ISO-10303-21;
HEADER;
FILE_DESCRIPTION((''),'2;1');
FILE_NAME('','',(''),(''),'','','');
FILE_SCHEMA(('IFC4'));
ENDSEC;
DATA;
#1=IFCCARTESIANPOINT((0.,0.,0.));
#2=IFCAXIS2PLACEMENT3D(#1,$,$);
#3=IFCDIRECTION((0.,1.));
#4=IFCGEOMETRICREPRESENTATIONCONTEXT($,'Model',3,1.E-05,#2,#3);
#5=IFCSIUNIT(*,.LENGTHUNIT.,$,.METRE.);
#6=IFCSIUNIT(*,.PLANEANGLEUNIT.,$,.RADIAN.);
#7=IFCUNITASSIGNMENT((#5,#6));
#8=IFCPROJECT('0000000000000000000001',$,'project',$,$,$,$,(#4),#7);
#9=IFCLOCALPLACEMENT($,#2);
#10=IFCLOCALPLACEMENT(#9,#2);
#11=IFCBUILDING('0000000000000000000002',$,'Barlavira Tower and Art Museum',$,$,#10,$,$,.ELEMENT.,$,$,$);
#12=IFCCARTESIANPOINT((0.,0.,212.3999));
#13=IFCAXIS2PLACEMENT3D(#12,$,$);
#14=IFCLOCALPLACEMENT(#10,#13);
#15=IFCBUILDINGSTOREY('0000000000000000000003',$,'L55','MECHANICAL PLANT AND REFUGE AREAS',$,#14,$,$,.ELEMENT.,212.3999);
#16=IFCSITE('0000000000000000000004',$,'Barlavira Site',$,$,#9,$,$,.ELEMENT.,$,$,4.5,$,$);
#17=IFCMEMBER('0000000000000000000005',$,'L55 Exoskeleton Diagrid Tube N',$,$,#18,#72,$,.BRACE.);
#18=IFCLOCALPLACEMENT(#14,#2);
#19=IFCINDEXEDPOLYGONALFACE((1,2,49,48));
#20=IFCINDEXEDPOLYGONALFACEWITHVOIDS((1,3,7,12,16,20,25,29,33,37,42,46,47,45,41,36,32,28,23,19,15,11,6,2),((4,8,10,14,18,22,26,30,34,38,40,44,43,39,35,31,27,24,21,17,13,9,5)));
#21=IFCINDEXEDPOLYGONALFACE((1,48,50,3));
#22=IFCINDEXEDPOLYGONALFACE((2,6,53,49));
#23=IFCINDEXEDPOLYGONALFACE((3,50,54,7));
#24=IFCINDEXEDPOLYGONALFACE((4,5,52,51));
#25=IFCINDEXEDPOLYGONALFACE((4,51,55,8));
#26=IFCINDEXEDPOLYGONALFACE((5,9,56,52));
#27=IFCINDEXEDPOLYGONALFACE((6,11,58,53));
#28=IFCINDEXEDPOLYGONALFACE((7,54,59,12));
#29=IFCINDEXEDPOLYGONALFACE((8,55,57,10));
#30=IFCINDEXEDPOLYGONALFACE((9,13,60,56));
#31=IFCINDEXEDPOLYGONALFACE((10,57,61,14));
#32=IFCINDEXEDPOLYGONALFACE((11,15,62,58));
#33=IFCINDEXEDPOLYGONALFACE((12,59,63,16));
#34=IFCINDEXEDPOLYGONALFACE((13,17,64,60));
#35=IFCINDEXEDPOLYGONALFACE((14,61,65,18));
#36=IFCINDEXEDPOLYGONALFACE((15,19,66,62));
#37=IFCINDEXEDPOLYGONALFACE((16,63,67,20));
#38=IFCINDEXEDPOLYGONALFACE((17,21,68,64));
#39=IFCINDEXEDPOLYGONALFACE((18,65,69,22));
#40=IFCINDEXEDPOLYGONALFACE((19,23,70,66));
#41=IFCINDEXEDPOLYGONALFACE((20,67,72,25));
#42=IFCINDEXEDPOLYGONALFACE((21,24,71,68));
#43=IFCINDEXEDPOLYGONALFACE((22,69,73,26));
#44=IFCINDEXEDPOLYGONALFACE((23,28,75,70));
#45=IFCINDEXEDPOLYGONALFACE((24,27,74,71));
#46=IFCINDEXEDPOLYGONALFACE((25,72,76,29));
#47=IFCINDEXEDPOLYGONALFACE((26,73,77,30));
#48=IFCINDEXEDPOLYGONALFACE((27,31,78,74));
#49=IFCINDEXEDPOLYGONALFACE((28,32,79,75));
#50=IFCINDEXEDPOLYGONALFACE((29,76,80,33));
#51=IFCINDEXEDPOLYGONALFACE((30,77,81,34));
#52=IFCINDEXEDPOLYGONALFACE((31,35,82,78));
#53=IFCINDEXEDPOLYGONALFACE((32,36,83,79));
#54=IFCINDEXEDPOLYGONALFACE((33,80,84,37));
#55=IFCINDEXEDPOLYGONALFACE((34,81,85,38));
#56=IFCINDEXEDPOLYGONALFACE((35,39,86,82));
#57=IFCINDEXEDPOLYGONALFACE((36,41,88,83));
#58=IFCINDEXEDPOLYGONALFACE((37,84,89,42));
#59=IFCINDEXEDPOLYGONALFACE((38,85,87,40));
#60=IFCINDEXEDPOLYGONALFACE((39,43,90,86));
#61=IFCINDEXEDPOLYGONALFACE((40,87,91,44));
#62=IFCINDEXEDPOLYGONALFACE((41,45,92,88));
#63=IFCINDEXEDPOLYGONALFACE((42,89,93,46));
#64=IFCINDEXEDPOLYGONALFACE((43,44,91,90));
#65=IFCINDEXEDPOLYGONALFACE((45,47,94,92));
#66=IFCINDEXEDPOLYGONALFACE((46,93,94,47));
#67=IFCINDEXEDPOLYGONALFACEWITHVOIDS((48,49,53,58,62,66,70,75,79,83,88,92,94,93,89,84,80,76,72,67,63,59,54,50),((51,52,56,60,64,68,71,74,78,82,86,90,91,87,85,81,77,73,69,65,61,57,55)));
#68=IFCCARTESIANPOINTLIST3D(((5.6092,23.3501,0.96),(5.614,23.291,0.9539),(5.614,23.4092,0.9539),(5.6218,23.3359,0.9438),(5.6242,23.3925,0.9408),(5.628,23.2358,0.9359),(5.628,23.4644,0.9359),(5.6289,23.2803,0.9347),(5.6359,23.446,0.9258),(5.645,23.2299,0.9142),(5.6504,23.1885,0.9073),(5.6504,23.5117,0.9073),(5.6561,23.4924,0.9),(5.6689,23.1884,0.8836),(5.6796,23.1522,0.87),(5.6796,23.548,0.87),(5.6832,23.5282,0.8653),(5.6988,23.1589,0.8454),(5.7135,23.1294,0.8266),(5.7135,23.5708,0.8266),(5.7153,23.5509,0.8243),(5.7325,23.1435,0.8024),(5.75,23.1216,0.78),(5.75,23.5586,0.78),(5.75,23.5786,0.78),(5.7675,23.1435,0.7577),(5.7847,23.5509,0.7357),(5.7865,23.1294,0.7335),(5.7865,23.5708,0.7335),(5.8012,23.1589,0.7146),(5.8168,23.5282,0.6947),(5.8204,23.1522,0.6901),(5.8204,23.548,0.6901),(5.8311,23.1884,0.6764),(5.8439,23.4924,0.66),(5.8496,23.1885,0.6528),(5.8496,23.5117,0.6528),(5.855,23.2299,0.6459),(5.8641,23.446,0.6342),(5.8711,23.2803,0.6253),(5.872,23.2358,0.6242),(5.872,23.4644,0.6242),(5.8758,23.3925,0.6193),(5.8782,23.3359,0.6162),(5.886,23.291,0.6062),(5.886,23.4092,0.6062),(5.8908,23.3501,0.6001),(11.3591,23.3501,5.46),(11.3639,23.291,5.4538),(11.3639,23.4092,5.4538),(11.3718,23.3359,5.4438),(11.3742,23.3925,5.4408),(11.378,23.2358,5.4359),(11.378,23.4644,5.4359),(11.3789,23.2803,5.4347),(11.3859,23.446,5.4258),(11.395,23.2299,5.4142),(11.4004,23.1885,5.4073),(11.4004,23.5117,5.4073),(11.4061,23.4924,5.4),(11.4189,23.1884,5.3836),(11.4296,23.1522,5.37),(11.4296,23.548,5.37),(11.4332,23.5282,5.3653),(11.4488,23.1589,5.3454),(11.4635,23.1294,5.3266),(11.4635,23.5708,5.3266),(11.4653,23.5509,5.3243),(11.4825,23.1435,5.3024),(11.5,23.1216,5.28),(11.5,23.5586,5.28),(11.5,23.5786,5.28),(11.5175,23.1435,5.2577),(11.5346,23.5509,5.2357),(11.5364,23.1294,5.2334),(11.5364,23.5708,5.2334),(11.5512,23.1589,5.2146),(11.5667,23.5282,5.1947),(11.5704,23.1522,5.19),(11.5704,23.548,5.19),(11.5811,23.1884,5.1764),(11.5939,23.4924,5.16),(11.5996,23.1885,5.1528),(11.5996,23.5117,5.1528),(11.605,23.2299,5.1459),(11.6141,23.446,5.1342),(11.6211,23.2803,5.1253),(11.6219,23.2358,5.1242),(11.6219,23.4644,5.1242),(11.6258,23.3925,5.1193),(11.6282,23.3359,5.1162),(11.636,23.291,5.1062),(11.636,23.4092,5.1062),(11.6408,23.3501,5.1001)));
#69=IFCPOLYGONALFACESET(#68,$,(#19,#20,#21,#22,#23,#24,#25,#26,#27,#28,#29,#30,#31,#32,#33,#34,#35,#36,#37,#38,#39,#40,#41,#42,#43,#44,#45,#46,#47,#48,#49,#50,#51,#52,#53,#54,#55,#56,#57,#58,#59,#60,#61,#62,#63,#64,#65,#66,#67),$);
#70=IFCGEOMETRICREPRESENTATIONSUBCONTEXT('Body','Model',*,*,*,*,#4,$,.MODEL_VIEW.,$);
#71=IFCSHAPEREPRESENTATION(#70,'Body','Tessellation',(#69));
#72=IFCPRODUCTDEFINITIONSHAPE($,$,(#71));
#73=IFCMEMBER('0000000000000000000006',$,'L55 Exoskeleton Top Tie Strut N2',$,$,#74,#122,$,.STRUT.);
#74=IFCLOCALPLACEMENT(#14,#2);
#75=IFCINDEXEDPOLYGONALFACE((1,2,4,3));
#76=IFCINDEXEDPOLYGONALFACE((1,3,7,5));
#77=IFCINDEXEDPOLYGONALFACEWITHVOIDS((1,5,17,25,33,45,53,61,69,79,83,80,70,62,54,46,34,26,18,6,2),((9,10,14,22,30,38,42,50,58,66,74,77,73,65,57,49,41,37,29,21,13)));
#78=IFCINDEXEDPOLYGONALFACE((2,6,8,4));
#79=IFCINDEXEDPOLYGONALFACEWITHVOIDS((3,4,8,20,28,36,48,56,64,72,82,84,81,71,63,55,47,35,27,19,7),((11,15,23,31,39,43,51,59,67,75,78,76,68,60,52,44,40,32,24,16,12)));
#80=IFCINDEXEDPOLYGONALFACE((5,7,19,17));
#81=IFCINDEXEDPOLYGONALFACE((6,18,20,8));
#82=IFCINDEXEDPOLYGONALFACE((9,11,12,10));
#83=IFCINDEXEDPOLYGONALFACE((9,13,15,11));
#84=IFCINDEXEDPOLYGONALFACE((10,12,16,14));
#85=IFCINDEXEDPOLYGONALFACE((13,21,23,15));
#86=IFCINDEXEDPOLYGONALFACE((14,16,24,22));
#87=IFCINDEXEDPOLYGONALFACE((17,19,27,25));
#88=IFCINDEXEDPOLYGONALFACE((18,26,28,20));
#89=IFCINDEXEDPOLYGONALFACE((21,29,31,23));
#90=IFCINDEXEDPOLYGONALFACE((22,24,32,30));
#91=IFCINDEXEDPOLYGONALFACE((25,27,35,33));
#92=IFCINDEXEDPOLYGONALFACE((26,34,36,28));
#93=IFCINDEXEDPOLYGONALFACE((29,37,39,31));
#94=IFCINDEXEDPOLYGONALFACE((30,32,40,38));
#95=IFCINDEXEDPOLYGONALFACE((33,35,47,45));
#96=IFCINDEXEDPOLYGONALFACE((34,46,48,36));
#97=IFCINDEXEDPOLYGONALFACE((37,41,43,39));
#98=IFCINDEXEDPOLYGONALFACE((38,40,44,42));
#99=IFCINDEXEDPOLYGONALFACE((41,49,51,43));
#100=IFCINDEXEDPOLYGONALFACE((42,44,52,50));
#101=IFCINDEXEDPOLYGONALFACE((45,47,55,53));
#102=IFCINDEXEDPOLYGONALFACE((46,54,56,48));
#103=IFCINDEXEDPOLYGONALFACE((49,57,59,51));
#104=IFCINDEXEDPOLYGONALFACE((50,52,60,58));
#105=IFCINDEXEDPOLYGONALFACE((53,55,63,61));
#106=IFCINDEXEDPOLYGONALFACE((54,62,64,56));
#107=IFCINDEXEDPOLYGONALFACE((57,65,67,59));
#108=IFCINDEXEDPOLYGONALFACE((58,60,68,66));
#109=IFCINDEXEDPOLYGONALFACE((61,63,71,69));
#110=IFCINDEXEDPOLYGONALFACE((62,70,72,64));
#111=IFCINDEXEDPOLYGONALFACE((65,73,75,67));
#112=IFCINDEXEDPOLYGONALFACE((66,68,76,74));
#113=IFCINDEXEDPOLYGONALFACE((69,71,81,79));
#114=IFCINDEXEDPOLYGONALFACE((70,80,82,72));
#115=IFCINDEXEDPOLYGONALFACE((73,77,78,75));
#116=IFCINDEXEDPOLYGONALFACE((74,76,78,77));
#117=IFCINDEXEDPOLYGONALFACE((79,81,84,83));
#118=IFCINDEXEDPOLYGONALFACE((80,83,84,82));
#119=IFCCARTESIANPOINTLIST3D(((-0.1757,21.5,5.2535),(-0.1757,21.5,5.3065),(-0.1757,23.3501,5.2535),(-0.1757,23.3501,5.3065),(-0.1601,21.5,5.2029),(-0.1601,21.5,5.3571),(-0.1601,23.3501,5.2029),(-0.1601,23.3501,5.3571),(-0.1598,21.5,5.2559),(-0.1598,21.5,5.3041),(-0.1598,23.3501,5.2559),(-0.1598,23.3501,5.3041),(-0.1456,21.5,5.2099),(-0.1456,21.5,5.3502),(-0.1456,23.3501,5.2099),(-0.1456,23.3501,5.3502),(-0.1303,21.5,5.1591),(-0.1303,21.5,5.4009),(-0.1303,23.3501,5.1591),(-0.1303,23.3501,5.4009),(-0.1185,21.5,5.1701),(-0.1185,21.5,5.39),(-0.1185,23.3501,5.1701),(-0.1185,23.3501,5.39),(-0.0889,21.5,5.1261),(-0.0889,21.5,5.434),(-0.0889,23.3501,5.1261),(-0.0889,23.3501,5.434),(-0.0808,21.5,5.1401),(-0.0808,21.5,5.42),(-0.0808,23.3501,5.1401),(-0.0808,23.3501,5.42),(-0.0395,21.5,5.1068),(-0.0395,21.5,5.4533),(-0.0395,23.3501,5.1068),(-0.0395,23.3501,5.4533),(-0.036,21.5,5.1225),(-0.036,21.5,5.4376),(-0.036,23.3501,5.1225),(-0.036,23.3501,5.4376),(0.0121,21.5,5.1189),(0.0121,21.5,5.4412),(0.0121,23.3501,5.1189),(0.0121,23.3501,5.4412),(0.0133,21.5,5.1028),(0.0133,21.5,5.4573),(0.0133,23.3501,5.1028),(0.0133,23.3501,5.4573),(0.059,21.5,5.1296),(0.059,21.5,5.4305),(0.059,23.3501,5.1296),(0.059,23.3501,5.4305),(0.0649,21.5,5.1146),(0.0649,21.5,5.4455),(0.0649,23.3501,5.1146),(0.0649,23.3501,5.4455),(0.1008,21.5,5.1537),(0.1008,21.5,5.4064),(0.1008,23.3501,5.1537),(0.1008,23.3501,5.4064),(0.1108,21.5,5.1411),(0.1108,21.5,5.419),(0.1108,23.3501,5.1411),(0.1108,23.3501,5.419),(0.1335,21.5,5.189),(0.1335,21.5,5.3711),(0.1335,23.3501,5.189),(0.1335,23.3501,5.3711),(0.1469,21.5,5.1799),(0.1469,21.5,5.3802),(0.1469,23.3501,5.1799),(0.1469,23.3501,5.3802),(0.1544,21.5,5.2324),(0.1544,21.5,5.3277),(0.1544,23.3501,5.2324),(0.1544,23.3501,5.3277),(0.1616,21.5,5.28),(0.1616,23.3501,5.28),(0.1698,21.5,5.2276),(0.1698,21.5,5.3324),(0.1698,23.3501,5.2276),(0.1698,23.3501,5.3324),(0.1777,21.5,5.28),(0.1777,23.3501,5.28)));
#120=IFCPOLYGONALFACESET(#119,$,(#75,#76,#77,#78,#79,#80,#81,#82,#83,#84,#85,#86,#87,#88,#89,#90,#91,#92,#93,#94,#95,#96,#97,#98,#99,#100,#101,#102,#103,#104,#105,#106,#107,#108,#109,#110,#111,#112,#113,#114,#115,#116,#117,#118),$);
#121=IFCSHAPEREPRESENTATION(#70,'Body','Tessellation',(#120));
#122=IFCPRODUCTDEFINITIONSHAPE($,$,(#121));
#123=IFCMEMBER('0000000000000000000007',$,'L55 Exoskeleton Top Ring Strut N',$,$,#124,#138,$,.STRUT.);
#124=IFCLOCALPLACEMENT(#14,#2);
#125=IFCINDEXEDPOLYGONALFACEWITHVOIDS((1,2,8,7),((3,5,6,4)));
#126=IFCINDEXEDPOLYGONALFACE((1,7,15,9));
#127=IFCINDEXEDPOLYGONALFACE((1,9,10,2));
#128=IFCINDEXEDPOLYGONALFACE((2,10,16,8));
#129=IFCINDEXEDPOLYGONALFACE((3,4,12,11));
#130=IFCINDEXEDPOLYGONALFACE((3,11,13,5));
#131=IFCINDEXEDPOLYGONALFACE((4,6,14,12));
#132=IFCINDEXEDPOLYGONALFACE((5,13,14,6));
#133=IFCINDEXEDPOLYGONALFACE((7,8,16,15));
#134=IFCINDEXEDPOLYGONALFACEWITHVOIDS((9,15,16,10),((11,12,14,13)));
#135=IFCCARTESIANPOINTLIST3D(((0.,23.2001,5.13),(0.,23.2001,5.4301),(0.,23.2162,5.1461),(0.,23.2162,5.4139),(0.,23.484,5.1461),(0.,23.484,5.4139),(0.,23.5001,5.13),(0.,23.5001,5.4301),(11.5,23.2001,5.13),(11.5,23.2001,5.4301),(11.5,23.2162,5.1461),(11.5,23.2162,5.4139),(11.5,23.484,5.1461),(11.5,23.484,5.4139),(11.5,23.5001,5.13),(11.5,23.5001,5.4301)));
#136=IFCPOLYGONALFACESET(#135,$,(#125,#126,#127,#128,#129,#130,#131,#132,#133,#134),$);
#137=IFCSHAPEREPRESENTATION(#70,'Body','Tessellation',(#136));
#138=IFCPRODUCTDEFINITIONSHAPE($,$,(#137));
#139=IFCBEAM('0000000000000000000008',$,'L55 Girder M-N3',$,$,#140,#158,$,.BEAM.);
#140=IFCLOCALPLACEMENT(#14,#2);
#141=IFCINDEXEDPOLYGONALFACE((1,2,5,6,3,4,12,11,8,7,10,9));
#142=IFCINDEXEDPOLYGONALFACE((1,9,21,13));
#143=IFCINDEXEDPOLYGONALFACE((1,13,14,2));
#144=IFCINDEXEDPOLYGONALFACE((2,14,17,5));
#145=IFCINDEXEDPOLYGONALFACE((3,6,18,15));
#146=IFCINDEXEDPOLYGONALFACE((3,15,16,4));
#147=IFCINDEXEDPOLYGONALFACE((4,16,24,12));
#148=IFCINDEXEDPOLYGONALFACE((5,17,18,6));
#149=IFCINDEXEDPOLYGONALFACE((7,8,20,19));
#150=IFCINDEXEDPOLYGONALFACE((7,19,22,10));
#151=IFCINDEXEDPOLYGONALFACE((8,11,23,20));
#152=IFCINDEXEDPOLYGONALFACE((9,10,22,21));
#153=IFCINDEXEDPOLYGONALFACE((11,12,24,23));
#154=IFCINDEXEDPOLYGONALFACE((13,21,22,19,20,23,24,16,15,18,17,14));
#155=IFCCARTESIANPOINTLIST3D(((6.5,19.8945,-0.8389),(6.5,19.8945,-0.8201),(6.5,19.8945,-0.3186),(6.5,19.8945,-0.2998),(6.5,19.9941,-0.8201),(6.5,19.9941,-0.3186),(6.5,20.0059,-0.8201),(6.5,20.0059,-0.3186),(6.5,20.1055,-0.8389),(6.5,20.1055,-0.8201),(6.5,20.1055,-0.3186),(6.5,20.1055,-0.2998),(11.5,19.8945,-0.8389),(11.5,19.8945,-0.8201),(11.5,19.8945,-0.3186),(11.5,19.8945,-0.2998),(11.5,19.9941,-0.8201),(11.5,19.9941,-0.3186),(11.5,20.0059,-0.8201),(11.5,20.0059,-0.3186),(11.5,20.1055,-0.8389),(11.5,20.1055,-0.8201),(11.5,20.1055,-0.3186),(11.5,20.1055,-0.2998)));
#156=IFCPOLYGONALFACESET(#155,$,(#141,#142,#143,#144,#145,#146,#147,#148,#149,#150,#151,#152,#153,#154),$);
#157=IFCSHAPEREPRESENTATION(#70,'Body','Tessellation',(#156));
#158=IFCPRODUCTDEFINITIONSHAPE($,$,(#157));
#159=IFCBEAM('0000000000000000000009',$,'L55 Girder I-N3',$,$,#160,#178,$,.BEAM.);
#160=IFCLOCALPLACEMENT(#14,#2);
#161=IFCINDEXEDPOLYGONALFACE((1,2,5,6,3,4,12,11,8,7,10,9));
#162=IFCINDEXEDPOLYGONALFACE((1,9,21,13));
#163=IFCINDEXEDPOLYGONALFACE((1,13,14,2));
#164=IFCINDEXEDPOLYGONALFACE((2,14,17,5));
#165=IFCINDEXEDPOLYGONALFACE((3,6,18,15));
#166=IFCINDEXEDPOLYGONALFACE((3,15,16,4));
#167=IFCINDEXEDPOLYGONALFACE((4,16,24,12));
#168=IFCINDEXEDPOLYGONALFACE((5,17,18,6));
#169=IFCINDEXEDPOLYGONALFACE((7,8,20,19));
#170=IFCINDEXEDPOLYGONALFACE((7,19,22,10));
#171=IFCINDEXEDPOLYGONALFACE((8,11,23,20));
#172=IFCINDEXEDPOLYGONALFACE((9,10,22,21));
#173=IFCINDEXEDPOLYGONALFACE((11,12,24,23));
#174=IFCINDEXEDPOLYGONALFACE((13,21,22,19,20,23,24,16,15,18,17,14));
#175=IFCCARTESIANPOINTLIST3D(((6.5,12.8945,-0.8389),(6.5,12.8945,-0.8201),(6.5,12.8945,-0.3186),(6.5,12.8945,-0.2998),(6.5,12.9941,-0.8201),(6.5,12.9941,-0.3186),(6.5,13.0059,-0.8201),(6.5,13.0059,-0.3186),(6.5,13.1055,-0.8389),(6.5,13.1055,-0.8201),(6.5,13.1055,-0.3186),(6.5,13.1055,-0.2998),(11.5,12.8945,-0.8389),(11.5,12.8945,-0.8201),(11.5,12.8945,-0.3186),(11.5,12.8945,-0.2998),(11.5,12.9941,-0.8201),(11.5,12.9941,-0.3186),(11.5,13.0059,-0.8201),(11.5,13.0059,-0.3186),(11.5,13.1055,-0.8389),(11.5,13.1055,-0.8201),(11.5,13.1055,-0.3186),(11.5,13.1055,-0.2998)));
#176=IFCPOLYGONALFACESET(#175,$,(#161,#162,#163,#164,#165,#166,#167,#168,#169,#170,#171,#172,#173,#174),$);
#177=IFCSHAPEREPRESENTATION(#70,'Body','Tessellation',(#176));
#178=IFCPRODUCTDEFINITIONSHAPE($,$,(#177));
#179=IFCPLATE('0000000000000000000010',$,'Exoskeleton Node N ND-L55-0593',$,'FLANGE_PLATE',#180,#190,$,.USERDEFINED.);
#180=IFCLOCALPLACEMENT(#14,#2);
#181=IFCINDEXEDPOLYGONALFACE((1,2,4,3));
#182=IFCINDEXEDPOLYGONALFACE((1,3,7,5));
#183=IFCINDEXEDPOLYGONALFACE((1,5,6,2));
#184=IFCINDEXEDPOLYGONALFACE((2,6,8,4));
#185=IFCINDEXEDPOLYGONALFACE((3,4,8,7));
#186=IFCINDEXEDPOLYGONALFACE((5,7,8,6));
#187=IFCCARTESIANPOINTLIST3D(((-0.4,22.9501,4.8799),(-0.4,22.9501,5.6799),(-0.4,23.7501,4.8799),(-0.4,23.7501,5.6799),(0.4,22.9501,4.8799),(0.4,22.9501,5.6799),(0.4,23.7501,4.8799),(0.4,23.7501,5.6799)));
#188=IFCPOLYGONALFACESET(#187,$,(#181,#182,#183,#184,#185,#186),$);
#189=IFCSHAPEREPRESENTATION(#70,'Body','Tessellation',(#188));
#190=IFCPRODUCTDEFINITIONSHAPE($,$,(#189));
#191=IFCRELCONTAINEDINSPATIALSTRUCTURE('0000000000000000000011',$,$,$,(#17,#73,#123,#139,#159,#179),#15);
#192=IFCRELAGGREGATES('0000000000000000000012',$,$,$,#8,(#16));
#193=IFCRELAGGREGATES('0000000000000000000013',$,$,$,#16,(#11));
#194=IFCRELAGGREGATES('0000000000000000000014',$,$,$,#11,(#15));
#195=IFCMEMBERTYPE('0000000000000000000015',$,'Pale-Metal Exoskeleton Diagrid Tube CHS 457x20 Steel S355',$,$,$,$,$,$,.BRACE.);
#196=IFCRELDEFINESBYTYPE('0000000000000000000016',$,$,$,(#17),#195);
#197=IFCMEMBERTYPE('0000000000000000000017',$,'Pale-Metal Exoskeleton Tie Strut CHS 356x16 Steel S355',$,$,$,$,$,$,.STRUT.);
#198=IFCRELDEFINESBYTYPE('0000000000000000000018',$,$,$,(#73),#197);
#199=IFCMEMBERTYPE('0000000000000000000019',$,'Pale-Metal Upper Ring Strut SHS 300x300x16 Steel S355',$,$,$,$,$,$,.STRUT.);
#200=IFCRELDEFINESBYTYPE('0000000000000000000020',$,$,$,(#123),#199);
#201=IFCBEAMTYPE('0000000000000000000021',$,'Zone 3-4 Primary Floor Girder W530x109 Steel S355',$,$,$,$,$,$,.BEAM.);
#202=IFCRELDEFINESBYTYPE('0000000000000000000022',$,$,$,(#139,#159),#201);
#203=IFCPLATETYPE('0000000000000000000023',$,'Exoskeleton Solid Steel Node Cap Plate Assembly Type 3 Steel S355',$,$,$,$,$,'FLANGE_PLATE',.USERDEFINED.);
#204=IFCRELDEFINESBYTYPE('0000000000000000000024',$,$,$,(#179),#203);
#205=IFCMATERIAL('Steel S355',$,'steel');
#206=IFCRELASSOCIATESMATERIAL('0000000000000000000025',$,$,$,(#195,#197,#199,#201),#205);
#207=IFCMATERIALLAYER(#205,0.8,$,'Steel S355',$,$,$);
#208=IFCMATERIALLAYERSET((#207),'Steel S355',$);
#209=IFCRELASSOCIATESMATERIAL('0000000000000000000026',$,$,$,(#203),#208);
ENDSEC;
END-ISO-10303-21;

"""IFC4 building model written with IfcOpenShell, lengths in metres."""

from ifc_helpers import new_model, si_unit, direction, frame, origin, origin_2d, place, context, subcontext, project, spatial, rectangle, hollow_rectangle, hollow_circle, i_section, extrude, material, layer, layer_set, material_profile, profile_set, type_object, element, save


model = new_model("IFC4")

# Units and contexts
model_context = context("Model", 3, precision=1e-05, world=origin(), true_north=direction((0.0, 1.0)))
body_context = subcontext(model_context, "Body", "Model", "MODEL_VIEW")
ifc_project = project(units=[si_unit("LENGTHUNIT", "METRE"), si_unit("PLANEANGLEUNIT", "RADIAN")], contexts=[model_context])

# Site, building, storey
site_placement = place(None, origin())
site = spatial("IfcSite", under=ifc_project, at=site_placement, Name="Barlavira Site", CompositionType="ELEMENT", RefElevation=4.5)
building_placement = place(site_placement, origin())
building = spatial("IfcBuilding", under=site, at=building_placement, Name="Barlavira Tower and Art Museum", CompositionType="ELEMENT")
storey_placement = place(building_placement, frame((0.0, 0.0, 212.3999)))
storey = spatial("IfcBuildingStorey", under=building, at=storey_placement, Name="L55", Description="MECHANICAL PLANT AND REFUGE AREAS", CompositionType="ELEMENT", Elevation=212.3999)

# Members
ifc_material_1 = material(Name="Steel S355", Category="steel")
ifc_material_profile_1 = material_profile(ifc_material_1, hollow_circle(Radius=0.2285, WallThickness=0.02, at=origin_2d()), Name="CHS 457.0x20.0")
ifc_profile_set_1 = profile_set([ifc_material_profile_1], Name="Steel S355")
member_type_1 = type_object("IfcMemberType", Name="Pale-Metal Exoskeleton Diagrid Tube CHS 457x20 Steel S355", PredefinedType="BRACE", material=ifc_profile_set_1)
for number, where, z_axis, x_axis, name in (
    (1, (5.75, 23.3501, 0.78), (0.787505, 0.0, 0.616308), (0.0, 1.0, 0.0), "L55 Exoskeleton Diagrid Tube N"),
):
    element("IfcMember", number, at=place(storey_placement, frame(where, z_axis=z_axis, x_axis=x_axis)), inside=storey, type_object=member_type_1, Name=name, PredefinedType="BRACE", context=body_context, shape_type="SweptSolid", body=[
        extrude(hollow_circle(Radius=0.2285, WallThickness=0.02, at=origin_2d()), origin(), (0.0, 0.0, 1.0), 7.3015),
    ])
ifc_material_profile_2 = material_profile(ifc_material_1, hollow_circle(Radius=0.1777, WallThickness=0.0161, at=origin_2d()), Name="CHS 355.6x16.0")
ifc_profile_set_2 = profile_set([ifc_material_profile_2], Name="Steel S355")
member_type_2 = type_object("IfcMemberType", Name="Pale-Metal Exoskeleton Tie Strut CHS 356x16 Steel S355", PredefinedType="STRUT", material=ifc_profile_set_2)
member_1_placement = place(storey_placement, frame((0.0, 23.3501, 5.28), z_axis=(0.0, -1.0, 0.0), x_axis=(1.0, 0.0, 0.0)))
element("IfcMember", 2, at=member_1_placement, inside=storey, type_object=member_type_2, Name="L55 Exoskeleton Top Tie Strut N2", PredefinedType="STRUT", context=body_context, shape_type="SweptSolid", body=[
    extrude(hollow_circle(Radius=0.1777, WallThickness=0.0161, at=origin_2d()), origin(), (0.0, 0.0, 1.0), 1.8501),
])
ifc_material_profile_3 = material_profile(ifc_material_1, hollow_rectangle(XDim=0.3, YDim=0.3, WallThickness=0.0161, at=origin_2d()), Name="SHS 300x300x16.0")
ifc_profile_set_3 = profile_set([ifc_material_profile_3], Name="Steel S355")
member_type_3 = type_object("IfcMemberType", Name="Pale-Metal Upper Ring Strut SHS 300x300x16 Steel S355", PredefinedType="STRUT", material=ifc_profile_set_3)
member_2_placement = place(storey_placement, frame((0.0, 23.3501, 5.28), z_axis=(1.0, 0.0, 0.0), x_axis=(0.0, 1.0, 0.0)))
element("IfcMember", 3, at=member_2_placement, inside=storey, type_object=member_type_3, Name="L55 Exoskeleton Top Ring Strut N", PredefinedType="STRUT", context=body_context, shape_type="SweptSolid", body=[
    extrude(hollow_rectangle(XDim=0.3, YDim=0.3, WallThickness=0.0161, at=origin_2d()), origin(), (0.0, 0.0, 1.0), 11.5),
])

# Beams
ifc_material_profile_4 = material_profile(ifc_material_1, i_section(OverallWidth=0.2109, OverallDepth=0.5391, WebThickness=0.0117, FlangeThickness=0.0188, at=origin_2d()), Name="W530x109.0")
ifc_profile_set_4 = profile_set([ifc_material_profile_4], Name="Steel S355")
beam_type = type_object("IfcBeamType", Name="Zone 3-4 Primary Floor Girder W530x109 Steel S355", PredefinedType="BEAM", material=ifc_profile_set_4)
for number, where, z_axis, x_axis, name in (
    (4, (6.5, 20.0, -0.5693), (1.0, 0.0, 0.0), (0.0, 1.0, 0.0), "L55 Girder M-N3"),
    (5, (6.5, 13.0, -0.5693), (1.0, 0.0, 0.0), (0.0, 1.0, 0.0), "L55 Girder I-N3"),
):
    element("IfcBeam", number, at=place(storey_placement, frame(where, z_axis=z_axis, x_axis=x_axis)), inside=storey, type_object=beam_type, Name=name, PredefinedType="BEAM", context=body_context, shape_type="SweptSolid", body=[
        extrude(i_section(OverallWidth=0.2109, OverallDepth=0.5391, WebThickness=0.0117, FlangeThickness=0.0188, at=origin_2d()), origin(), (0.0, 0.0, 1.0), 5.0),
    ])

# Plate
ifc_layer_1 = layer(ifc_material_1, 0.8, Name="Steel S355")
ifc_layer_set_1 = layer_set([ifc_layer_1], Name="Steel S355")
plate_type_1 = type_object("IfcPlateType", Name="Exoskeleton Solid Steel Node Cap Plate Assembly Type 3 Steel S355", ElementType="FLANGE_PLATE", PredefinedType="USERDEFINED", material=ifc_layer_set_1)
for number, where, z_axis, x_axis, name in (
    (6, (0.0, 23.3501, 4.8799), (0.0, 0.0, 1.0), (1.0, 0.0, 0.0), "Exoskeleton Node N ND-L55-0593"),
):
    element("IfcPlate", number, at=place(storey_placement, frame(where, z_axis=z_axis, x_axis=x_axis)), inside=storey, type_object=plate_type_1, Name=name, ObjectType="FLANGE_PLATE", PredefinedType="USERDEFINED", context=body_context, shape_type="SweptSolid", body=[
        extrude(rectangle(XDim=0.8, YDim=0.8, at=origin_2d()), origin(), (0.0, 0.0, 1.0), 0.8),
    ])

save(model, "model.ifc")
